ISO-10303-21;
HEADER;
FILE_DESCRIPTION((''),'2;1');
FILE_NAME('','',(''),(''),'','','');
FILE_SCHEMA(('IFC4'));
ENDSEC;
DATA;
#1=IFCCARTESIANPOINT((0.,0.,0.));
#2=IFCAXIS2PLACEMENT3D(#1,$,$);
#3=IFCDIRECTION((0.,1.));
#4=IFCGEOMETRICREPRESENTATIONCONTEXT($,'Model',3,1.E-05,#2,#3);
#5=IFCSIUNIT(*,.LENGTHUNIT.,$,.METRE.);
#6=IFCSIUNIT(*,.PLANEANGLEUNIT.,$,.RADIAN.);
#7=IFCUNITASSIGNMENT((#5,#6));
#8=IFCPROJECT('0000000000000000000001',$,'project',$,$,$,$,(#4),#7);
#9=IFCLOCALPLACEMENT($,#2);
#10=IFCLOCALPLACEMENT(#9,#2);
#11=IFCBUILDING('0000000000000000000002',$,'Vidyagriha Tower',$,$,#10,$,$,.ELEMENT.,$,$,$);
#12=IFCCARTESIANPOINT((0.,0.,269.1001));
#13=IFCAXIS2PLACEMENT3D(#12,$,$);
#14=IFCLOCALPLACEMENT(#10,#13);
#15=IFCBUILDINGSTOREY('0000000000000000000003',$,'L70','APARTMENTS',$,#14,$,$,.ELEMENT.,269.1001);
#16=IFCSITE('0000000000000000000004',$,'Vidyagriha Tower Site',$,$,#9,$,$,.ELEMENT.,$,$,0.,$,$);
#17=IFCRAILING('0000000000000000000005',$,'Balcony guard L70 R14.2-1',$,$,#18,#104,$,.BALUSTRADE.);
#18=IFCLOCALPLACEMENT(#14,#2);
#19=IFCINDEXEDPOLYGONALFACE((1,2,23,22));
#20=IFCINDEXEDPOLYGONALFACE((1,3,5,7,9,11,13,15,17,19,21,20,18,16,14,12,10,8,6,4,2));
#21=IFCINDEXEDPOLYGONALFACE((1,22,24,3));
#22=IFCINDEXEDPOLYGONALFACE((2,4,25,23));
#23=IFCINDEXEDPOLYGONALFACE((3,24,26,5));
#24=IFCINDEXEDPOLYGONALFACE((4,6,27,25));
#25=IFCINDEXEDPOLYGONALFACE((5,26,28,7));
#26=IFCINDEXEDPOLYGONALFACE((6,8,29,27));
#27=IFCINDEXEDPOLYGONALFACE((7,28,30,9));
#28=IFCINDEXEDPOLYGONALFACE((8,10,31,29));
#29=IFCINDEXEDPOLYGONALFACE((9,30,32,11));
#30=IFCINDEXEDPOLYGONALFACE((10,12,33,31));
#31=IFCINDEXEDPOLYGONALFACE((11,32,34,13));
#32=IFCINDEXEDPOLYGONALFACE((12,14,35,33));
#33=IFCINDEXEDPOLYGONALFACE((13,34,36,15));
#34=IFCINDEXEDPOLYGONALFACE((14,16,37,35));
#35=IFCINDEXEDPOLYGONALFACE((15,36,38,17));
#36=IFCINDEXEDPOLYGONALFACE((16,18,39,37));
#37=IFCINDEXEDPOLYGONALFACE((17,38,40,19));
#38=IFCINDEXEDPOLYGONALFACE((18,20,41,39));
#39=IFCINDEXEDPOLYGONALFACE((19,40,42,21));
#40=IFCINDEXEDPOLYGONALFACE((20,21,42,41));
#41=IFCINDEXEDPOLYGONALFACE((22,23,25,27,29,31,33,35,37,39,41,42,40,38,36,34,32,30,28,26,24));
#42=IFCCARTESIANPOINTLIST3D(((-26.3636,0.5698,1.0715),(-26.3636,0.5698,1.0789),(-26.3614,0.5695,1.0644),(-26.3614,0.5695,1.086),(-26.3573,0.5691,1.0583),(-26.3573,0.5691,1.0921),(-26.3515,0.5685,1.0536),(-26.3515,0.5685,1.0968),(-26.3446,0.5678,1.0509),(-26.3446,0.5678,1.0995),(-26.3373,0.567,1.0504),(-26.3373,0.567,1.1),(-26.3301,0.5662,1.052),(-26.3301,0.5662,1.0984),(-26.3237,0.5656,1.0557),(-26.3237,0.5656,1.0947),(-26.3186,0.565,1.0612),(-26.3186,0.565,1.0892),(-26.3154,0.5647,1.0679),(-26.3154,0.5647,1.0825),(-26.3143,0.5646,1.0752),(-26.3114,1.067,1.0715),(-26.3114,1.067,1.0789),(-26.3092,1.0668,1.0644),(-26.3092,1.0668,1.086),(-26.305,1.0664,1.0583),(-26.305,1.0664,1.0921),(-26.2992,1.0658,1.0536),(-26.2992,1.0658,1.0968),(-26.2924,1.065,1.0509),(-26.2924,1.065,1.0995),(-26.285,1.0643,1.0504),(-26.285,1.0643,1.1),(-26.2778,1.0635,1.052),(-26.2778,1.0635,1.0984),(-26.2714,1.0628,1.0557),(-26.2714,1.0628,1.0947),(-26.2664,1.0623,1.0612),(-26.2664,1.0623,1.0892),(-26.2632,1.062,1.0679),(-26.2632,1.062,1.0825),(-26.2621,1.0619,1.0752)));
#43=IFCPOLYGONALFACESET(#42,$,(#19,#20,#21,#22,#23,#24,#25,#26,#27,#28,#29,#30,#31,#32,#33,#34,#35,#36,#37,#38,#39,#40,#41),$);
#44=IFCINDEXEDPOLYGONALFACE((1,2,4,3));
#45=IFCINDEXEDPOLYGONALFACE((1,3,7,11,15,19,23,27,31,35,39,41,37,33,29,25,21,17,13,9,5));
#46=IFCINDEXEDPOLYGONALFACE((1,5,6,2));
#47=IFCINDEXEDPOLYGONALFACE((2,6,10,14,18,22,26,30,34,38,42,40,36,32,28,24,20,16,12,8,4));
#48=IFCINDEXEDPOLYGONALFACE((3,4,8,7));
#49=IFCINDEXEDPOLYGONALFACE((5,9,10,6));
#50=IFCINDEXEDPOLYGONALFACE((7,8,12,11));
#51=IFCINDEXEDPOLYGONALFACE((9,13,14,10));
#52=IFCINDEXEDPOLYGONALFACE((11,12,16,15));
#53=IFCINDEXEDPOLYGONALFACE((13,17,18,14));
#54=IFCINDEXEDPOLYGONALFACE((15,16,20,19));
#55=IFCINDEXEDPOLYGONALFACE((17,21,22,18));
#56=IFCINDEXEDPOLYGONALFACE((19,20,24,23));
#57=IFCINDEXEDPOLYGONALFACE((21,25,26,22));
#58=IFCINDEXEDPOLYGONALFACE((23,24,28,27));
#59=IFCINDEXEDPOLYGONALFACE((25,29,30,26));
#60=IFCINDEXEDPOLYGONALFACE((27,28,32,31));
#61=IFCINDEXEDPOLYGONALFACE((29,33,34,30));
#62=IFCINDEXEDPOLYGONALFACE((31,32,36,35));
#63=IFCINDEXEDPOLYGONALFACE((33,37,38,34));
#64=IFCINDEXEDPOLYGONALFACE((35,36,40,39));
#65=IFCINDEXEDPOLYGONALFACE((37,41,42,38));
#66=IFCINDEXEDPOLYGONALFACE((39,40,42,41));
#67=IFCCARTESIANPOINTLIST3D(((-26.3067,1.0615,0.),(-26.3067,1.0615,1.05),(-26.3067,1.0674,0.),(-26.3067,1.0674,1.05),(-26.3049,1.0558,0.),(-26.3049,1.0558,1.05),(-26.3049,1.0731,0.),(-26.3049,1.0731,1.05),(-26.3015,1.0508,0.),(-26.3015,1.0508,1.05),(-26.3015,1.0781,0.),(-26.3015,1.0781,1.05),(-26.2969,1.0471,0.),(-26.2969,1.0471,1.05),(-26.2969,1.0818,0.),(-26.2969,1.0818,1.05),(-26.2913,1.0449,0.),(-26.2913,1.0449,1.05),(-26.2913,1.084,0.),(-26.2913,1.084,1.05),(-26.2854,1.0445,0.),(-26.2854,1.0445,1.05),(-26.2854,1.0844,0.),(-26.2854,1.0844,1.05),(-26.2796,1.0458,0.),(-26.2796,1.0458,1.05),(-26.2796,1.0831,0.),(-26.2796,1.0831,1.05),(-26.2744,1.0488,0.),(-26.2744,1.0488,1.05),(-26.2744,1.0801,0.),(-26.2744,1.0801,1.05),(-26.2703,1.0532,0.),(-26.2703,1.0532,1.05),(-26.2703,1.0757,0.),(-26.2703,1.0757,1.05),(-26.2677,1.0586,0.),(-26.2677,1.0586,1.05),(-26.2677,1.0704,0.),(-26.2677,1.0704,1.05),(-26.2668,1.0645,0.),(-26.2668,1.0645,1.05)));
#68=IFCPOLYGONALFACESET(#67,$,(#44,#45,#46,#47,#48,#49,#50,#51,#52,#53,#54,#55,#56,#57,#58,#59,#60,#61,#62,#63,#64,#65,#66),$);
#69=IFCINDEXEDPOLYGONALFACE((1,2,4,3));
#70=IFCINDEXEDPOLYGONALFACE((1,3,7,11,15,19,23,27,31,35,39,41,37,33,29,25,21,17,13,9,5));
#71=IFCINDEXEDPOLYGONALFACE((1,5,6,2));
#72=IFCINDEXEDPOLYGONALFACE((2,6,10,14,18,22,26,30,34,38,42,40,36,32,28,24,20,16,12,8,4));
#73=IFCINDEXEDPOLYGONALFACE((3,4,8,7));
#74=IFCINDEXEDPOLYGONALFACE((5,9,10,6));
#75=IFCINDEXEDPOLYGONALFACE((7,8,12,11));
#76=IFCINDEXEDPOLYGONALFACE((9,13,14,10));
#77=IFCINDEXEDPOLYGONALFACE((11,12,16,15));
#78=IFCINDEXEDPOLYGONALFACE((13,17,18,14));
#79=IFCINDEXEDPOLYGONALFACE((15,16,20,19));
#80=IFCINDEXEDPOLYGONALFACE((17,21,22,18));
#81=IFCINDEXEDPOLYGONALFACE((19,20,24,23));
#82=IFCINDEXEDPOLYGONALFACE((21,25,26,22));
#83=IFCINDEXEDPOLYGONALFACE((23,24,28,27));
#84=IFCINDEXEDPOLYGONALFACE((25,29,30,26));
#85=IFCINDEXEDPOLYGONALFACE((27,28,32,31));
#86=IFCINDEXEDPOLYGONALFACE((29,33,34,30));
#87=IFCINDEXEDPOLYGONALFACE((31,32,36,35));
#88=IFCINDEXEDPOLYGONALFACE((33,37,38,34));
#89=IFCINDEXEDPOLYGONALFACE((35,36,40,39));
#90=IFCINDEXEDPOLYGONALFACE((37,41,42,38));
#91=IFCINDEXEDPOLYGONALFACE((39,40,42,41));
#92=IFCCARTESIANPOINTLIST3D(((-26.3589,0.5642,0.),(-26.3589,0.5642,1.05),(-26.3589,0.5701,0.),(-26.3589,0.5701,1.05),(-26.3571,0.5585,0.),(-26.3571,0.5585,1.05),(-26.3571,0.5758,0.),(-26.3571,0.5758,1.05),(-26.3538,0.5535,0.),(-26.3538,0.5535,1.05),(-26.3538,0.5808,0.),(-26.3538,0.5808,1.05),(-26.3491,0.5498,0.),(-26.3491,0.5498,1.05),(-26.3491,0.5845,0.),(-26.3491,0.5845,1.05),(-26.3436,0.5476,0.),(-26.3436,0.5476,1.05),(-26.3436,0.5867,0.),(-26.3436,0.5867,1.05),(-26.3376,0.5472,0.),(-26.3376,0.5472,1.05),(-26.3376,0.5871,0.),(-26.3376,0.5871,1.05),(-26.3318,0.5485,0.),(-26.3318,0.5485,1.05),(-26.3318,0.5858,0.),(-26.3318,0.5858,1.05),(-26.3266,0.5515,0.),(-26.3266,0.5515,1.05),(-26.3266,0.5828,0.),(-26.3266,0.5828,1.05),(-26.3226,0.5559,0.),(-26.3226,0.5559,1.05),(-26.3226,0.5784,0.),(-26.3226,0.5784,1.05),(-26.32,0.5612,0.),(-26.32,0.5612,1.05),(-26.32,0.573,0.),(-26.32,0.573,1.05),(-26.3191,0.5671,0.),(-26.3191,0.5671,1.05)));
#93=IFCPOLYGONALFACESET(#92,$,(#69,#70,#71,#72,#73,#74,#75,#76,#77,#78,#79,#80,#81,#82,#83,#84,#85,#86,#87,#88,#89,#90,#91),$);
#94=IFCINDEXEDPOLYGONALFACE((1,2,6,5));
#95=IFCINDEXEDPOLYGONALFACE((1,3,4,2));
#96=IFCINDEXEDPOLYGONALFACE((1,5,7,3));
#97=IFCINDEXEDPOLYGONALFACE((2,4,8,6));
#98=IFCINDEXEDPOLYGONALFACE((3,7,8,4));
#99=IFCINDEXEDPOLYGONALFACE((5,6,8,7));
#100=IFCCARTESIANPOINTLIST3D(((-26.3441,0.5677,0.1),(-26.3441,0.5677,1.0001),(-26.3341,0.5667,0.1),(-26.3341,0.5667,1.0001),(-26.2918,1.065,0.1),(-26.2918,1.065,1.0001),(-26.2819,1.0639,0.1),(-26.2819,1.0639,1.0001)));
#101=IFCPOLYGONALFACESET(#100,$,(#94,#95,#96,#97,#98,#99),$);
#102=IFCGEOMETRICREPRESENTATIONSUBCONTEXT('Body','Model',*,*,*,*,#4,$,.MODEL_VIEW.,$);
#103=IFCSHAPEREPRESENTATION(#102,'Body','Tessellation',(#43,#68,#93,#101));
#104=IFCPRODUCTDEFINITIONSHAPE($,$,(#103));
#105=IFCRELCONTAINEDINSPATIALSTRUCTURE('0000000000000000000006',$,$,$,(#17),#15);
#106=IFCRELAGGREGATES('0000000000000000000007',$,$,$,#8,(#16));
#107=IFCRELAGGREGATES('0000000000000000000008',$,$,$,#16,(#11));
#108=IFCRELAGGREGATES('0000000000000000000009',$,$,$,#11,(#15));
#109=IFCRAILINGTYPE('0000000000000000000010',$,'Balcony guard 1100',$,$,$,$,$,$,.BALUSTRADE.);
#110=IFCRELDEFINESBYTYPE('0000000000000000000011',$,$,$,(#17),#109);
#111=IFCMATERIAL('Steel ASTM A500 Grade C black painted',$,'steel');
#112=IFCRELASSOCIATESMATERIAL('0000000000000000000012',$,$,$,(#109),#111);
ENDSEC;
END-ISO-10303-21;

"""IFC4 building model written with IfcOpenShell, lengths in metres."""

from ifc_helpers import new_model, si_unit, direction, frame, origin, origin_2d, place, context, subcontext, project, spatial, rectangle, circle, extrude, material, type_object, element, save


model = new_model("IFC4")

# Units and contexts
model_context = context("Model", 3, precision=1e-05, world=origin(), true_north=direction((0.0, 1.0)))
body_context = subcontext(model_context, "Body", "Model", "MODEL_VIEW")
ifc_project = project(units=[si_unit("LENGTHUNIT", "METRE"), si_unit("PLANEANGLEUNIT", "RADIAN")], contexts=[model_context])

# Site, building, storey
site_placement = place(None, origin())
site = spatial("IfcSite", under=ifc_project, at=site_placement, Name="Vidyagriha Tower Site", CompositionType="ELEMENT", RefElevation=0.0)
building_placement = place(site_placement, origin())
building = spatial("IfcBuilding", under=site, at=building_placement, Name="Vidyagriha Tower", CompositionType="ELEMENT")
storey_placement = place(building_placement, frame((0.0, 0.0, 269.1001)))
storey = spatial("IfcBuildingStorey", under=building, at=storey_placement, Name="L70", Description="APARTMENTS", CompositionType="ELEMENT", Elevation=269.1001)

# Railing
ifc_material_1 = material(Name="Steel ASTM A500 Grade C black painted", Category="steel")
railing_type_1 = type_object("IfcRailingType", Name="Balcony guard 1100", PredefinedType="BALUSTRADE", material=ifc_material_1)
railing_1_placement = place(storey_placement, frame((-26.2869, 1.0645, 0.0)))
element("IfcRailing", 1, at=railing_1_placement, inside=storey, type_object=railing_type_1, Name="Balcony guard L70 R14.2-1", PredefinedType="BALUSTRADE", context=body_context, shape_type="SweptSolid", body=[
    extrude(circle(Radius=0.0249, at=origin_2d()), frame((0.0, 0.0, 1.0752), z_axis=(-0.104481, -0.994527, 0.0), x_axis=(0.994527, -0.104481, 0.0)), (0.0, 0.0, 1.0), 0.5),
    extrude(circle(Radius=0.02, at=origin_2d()), origin(), (0.0, 0.0, 1.0), 1.05),
    extrude(circle(Radius=0.02, at=origin_2d()), frame((-0.0522, -0.4973, 0.0)), (0.0, 0.0, 1.0), 1.05),
    extrude(rectangle(XDim=0.01, YDim=0.9001, at=origin_2d()), frame((0.0, 0.0, 0.55), z_axis=(-0.104481, -0.994527, 0.0), x_axis=(0.994527, -0.104481, 0.0)), (0.0, 0.0, 1.0), 0.5),
])

save(model, "model.ifc")
